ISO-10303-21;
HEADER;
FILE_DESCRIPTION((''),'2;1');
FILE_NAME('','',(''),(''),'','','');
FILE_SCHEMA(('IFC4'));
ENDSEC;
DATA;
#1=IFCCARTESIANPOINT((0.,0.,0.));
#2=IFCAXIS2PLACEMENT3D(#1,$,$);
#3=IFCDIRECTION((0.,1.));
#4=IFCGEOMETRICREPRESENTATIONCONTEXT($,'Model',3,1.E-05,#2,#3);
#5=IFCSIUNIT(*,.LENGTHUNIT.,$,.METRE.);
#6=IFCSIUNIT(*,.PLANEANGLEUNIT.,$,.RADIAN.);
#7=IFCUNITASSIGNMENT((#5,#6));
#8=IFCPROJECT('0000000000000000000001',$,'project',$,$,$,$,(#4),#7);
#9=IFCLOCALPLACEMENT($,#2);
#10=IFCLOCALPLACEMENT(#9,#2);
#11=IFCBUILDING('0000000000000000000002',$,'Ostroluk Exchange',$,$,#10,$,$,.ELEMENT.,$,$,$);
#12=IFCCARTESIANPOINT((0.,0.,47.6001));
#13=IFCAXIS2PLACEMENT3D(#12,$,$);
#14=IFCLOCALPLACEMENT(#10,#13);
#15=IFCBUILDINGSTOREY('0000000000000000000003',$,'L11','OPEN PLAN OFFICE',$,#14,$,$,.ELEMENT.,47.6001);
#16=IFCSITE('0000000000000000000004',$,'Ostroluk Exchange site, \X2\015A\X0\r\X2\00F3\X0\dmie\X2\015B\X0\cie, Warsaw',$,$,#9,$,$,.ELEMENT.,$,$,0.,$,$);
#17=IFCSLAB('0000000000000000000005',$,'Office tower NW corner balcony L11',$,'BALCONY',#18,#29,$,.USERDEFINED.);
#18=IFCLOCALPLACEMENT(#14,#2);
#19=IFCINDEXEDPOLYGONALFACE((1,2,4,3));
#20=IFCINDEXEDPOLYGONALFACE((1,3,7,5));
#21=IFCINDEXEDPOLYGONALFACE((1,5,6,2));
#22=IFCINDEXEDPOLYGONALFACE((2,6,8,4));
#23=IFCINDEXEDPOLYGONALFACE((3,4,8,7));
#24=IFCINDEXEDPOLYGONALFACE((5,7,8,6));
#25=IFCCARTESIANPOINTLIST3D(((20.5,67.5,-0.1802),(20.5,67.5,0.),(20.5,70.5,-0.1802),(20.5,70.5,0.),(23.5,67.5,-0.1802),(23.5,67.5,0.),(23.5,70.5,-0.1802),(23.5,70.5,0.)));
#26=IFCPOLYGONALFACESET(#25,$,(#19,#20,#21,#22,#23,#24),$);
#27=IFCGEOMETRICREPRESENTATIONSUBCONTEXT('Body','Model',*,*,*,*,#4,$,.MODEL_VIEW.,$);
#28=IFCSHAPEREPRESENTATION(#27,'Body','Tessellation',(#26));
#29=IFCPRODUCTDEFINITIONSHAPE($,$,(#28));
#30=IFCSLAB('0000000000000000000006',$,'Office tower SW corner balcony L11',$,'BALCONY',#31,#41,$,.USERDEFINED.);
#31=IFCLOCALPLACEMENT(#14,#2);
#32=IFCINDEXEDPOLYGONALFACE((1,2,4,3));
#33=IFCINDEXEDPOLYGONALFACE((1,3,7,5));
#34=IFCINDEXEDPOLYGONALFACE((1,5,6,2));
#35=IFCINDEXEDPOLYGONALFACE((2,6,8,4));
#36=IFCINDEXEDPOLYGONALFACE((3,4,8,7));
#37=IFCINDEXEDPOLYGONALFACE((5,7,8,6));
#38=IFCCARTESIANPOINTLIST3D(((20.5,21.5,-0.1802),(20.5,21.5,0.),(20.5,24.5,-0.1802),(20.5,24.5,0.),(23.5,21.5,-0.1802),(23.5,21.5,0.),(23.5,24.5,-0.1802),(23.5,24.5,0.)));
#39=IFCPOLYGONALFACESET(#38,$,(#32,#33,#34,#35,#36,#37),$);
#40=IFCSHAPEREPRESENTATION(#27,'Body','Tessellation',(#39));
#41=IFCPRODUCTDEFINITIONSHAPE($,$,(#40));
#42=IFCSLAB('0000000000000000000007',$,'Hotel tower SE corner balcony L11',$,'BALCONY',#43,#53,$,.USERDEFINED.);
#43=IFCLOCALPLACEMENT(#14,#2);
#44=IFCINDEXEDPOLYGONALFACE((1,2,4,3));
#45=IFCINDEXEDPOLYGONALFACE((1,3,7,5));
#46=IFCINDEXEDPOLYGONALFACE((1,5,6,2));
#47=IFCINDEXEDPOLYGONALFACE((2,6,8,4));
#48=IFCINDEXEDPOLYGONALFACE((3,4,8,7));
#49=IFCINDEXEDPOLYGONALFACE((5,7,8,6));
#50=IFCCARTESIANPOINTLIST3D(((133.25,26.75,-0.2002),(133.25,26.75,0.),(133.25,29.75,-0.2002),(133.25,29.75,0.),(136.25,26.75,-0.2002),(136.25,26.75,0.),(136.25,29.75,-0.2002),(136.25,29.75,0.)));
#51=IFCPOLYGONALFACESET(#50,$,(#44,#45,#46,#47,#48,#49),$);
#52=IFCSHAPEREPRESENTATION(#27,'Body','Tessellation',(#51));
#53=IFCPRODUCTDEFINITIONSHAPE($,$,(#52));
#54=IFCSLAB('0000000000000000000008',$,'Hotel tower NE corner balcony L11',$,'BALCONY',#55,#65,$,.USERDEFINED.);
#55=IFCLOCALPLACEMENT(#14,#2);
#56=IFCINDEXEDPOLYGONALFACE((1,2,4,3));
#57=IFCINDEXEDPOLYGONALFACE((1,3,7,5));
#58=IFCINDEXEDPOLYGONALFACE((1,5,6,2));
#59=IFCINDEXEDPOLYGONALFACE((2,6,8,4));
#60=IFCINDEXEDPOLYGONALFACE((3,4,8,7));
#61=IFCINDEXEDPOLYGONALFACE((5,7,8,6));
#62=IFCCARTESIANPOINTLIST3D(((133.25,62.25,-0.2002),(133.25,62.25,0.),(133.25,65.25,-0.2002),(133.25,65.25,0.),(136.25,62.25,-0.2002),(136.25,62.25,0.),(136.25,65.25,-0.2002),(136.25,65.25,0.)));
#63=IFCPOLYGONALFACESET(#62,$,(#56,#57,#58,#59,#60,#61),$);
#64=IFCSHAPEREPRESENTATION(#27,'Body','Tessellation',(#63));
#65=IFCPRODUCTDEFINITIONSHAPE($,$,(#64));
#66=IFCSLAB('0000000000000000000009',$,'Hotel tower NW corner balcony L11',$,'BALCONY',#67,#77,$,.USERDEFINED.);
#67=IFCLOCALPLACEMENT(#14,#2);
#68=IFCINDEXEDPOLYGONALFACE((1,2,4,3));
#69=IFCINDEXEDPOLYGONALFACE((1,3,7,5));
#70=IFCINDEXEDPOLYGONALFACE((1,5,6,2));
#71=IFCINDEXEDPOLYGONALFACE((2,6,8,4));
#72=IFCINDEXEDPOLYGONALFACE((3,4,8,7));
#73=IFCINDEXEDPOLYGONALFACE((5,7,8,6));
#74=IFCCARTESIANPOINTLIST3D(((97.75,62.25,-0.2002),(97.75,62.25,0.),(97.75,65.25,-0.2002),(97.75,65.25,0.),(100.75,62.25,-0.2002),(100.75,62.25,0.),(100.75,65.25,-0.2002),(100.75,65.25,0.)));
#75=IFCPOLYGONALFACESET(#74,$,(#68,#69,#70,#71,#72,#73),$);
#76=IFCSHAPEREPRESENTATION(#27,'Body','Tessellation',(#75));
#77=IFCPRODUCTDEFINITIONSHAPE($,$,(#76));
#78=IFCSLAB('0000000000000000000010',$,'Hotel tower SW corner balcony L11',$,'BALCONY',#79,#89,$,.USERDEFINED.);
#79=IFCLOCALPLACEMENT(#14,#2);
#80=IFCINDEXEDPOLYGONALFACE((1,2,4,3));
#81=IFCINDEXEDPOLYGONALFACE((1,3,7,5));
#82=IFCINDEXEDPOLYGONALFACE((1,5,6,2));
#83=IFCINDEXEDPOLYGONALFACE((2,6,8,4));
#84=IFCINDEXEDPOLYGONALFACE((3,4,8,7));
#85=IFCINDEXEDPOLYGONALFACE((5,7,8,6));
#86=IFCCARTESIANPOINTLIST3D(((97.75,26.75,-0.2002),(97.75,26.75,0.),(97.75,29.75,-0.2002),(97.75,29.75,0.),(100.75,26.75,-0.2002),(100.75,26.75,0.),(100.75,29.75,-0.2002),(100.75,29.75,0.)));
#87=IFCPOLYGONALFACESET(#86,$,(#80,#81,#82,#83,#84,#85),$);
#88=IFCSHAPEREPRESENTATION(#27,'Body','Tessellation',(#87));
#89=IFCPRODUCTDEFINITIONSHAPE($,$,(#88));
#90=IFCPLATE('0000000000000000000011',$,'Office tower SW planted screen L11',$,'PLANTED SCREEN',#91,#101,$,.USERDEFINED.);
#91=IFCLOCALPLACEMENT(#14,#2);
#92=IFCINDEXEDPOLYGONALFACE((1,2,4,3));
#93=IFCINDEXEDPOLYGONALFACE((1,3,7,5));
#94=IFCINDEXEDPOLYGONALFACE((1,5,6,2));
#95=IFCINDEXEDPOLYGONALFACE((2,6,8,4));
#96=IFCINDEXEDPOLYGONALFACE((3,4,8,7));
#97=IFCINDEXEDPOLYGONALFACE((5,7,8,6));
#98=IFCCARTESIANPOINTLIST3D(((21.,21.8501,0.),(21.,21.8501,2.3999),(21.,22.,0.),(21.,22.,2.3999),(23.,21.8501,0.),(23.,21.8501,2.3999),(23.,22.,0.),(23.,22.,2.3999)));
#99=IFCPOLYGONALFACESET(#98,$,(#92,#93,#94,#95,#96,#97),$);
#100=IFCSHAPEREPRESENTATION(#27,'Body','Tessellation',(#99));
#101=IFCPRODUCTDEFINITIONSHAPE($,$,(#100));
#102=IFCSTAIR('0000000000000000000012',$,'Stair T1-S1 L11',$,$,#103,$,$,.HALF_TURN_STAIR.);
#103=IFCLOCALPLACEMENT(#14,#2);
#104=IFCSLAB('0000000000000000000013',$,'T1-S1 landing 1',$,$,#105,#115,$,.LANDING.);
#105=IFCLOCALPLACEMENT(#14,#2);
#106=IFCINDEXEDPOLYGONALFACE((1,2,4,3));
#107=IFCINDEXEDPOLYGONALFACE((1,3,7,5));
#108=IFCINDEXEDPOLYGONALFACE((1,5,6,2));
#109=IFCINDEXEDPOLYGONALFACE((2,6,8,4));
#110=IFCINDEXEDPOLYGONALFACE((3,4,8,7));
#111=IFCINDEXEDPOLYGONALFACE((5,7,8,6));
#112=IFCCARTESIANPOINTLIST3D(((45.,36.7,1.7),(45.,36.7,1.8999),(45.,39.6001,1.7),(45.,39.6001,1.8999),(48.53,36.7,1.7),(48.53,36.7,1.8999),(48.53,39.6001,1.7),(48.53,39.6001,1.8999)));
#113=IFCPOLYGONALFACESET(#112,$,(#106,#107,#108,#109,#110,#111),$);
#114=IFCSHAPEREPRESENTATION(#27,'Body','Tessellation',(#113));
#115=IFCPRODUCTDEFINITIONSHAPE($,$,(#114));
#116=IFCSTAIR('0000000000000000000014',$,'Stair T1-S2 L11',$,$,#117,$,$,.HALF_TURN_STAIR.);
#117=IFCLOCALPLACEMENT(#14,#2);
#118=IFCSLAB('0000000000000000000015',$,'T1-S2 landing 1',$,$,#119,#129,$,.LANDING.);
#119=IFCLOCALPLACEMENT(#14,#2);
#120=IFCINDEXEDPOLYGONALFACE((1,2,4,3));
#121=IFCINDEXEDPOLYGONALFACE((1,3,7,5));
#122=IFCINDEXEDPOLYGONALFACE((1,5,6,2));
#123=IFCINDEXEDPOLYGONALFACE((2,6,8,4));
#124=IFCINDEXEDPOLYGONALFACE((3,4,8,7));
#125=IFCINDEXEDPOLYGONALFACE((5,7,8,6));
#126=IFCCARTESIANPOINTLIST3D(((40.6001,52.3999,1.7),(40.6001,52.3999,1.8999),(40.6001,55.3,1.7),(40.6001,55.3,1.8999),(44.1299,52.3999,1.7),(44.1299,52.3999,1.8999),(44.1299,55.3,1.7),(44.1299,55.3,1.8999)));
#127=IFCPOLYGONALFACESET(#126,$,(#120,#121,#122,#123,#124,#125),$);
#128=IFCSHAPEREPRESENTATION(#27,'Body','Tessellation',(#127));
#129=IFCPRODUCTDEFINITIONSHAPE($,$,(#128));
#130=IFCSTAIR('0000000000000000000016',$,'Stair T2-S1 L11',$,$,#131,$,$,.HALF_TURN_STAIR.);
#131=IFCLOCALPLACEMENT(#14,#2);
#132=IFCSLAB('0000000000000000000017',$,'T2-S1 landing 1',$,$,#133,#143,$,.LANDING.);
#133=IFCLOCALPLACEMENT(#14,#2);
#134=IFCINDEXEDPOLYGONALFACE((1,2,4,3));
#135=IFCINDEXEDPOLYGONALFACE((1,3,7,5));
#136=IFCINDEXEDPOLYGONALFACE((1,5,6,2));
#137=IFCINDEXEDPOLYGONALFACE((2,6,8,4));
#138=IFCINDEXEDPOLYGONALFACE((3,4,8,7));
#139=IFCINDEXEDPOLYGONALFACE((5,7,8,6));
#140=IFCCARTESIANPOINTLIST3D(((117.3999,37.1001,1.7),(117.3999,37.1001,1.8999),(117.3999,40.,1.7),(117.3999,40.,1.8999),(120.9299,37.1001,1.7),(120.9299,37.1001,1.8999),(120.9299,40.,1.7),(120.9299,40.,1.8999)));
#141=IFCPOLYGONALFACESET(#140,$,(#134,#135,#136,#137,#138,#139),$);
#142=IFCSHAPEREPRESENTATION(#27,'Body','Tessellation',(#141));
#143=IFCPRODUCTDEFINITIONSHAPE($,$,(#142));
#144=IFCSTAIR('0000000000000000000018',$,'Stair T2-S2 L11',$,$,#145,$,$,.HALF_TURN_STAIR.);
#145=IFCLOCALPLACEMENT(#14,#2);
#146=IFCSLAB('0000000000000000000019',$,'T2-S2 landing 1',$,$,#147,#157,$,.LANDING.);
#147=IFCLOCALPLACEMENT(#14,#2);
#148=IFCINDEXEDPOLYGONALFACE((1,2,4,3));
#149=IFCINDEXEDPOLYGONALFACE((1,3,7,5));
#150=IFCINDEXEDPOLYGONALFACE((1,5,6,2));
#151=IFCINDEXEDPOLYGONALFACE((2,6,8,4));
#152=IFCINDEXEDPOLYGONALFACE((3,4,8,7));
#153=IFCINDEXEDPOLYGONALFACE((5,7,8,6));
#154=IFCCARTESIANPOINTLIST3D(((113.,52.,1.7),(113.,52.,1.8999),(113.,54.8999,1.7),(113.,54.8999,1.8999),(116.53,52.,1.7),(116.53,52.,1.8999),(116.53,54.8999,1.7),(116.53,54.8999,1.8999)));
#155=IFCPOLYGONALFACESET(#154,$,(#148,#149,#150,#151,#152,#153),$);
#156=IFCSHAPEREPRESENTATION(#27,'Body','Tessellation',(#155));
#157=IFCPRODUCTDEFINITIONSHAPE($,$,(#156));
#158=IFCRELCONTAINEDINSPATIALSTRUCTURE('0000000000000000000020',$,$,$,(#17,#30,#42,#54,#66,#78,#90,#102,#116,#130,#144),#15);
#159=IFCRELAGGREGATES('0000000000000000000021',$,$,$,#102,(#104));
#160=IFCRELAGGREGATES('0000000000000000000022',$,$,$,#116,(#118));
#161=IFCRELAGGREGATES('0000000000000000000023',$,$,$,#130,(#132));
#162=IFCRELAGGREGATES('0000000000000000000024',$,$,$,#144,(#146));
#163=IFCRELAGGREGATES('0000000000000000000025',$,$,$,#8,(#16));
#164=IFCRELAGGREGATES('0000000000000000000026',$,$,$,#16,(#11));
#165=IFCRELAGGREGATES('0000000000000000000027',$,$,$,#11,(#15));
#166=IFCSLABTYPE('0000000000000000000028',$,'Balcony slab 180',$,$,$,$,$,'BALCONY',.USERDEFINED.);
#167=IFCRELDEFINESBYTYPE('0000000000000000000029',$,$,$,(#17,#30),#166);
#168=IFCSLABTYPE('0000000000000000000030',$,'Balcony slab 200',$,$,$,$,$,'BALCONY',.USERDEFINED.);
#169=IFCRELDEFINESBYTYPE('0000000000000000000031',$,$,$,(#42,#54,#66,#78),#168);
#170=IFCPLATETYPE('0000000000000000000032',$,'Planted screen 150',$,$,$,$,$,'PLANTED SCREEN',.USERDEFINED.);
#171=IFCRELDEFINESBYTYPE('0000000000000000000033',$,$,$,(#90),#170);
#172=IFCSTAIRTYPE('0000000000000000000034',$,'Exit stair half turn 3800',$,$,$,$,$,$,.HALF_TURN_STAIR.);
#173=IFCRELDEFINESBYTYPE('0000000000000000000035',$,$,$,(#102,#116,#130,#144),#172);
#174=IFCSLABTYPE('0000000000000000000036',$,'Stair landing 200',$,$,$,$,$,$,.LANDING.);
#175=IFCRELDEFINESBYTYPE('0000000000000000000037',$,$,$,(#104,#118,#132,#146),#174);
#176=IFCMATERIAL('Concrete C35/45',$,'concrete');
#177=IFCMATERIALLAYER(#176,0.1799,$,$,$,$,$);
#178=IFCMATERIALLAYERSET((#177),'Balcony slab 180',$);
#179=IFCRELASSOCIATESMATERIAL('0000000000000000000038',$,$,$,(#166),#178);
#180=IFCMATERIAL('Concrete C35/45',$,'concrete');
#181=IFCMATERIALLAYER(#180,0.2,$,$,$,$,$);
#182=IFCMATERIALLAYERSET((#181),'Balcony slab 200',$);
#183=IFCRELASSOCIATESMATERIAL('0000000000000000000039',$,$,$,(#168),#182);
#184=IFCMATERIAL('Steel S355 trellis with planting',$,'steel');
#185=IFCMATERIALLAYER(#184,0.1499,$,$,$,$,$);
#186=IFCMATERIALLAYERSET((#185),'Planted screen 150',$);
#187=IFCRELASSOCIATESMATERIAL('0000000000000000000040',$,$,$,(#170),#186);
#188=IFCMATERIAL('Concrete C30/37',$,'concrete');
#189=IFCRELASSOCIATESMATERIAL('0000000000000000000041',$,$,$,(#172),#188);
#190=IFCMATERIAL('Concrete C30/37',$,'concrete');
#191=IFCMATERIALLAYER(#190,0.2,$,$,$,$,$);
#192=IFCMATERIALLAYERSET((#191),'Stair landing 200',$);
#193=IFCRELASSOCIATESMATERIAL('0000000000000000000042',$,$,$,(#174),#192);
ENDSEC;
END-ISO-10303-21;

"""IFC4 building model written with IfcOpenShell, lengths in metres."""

from ifc_helpers import new_model, si_unit, direction, frame, origin, origin_2d, place, context, subcontext, project, spatial, polyline, rectangle, outline, extrude, material, layer, layer_set, type_object, element, aggregate, save


model = new_model("IFC4")

# Units and contexts
model_context = context("Model", 3, precision=1e-05, world=origin(), true_north=direction((0.0, 1.0)))
body_context = subcontext(model_context, "Body", "Model", "MODEL_VIEW")
ifc_project = project(units=[si_unit("LENGTHUNIT", "METRE"), si_unit("PLANEANGLEUNIT", "RADIAN")], contexts=[model_context])

# Site, building, storey
site_placement = place(None, origin())
site = spatial("IfcSite", under=ifc_project, at=site_placement, Name="Ostroluk Exchange site, Śródmieście, Warsaw", CompositionType="ELEMENT", RefElevation=0.0)
building_placement = place(site_placement, origin())
building = spatial("IfcBuilding", under=site, at=building_placement, Name="Ostroluk Exchange", CompositionType="ELEMENT")
storey_placement = place(building_placement, frame((0.0, 0.0, 47.6001)))
storey = spatial("IfcBuildingStorey", under=building, at=storey_placement, Name="L11", Description="OPEN PLAN OFFICE", CompositionType="ELEMENT", Elevation=47.6001)

# Slabs
ifc_material_1 = material(Name="Concrete C35/45", Category="concrete")
ifc_layer_1 = layer(ifc_material_1, 0.1799)
ifc_layer_set_1 = layer_set([ifc_layer_1], Name="Balcony slab 180")
slab_type_1 = type_object("IfcSlabType", Name="Balcony slab 180", ElementType="BALCONY", PredefinedType="USERDEFINED", material=ifc_layer_set_1)
slab_1_placement = place(storey_placement, frame((0.0, 0.0, -0.1802)))
element("IfcSlab", 1, at=slab_1_placement, inside=storey, type_object=slab_type_1, Name="Office tower NW corner balcony L11", ObjectType="BALCONY", PredefinedType="USERDEFINED", context=body_context, shape_type="SweptSolid", body=[
    extrude(outline(polyline([(20.5, 67.5), (23.5, 67.5), (23.5, 70.5), (20.5, 70.5), (20.5, 67.5)])), origin(), (0.0, 0.0, 1.0), 0.1802),
])
slab_2_placement = place(storey_placement, frame((0.0, 0.0, -0.1802)))
element("IfcSlab", 2, at=slab_2_placement, inside=storey, type_object=slab_type_1, Name="Office tower SW corner balcony L11", ObjectType="BALCONY", PredefinedType="USERDEFINED", context=body_context, shape_type="SweptSolid", body=[
    extrude(outline(polyline([(20.5, 21.5), (23.5, 21.5), (23.5, 24.5), (20.5, 24.5), (20.5, 21.5)])), origin(), (0.0, 0.0, 1.0), 0.1802),
])
ifc_material_2 = material(Name="Concrete C35/45", Category="concrete")
ifc_layer_2 = layer(ifc_material_2, 0.2)
ifc_layer_set_2 = layer_set([ifc_layer_2], Name="Balcony slab 200")
slab_type_2 = type_object("IfcSlabType", Name="Balcony slab 200", ElementType="BALCONY", PredefinedType="USERDEFINED", material=ifc_layer_set_2)
slab_3_placement = place(storey_placement, frame((0.0, 0.0, -0.2002)))
element("IfcSlab", 3, at=slab_3_placement, inside=storey, type_object=slab_type_2, Name="Hotel tower SE corner balcony L11", ObjectType="BALCONY", PredefinedType="USERDEFINED", context=body_context, shape_type="SweptSolid", body=[
    extrude(outline(polyline([(133.25, 26.75), (136.25, 26.75), (136.25, 29.75), (133.25, 29.75), (133.25, 26.75)])), origin(), (0.0, 0.0, 1.0), 0.2002),
])
slab_4_placement = place(storey_placement, frame((0.0, 0.0, -0.2002)))
element("IfcSlab", 4, at=slab_4_placement, inside=storey, type_object=slab_type_2, Name="Hotel tower NE corner balcony L11", ObjectType="BALCONY", PredefinedType="USERDEFINED", context=body_context, shape_type="SweptSolid", body=[
    extrude(outline(polyline([(133.25, 62.25), (136.25, 62.25), (136.25, 65.25), (133.25, 65.25), (133.25, 62.25)])), origin(), (0.0, 0.0, 1.0), 0.2002),
])
slab_5_placement = place(storey_placement, frame((0.0, 0.0, -0.2002)))
element("IfcSlab", 5, at=slab_5_placement, inside=storey, type_object=slab_type_2, Name="Hotel tower NW corner balcony L11", ObjectType="BALCONY", PredefinedType="USERDEFINED", context=body_context, shape_type="SweptSolid", body=[
    extrude(outline(polyline([(97.75, 62.25), (100.75, 62.25), (100.75, 65.25), (97.75, 65.25), (97.75, 62.25)])), origin(), (0.0, 0.0, 1.0), 0.2002),
])
slab_6_placement = place(storey_placement, frame((0.0, 0.0, -0.2002)))
element("IfcSlab", 6, at=slab_6_placement, inside=storey, type_object=slab_type_2, Name="Hotel tower SW corner balcony L11", ObjectType="BALCONY", PredefinedType="USERDEFINED", context=body_context, shape_type="SweptSolid", body=[
    extrude(outline(polyline([(97.75, 26.75), (100.75, 26.75), (100.75, 29.75), (97.75, 29.75), (97.75, 26.75)])), origin(), (0.0, 0.0, 1.0), 0.2002),
])

# Plate
ifc_material_3 = material(Name="Steel S355 trellis with planting", Category="steel")
ifc_layer_3 = layer(ifc_material_3, 0.1499)
ifc_layer_set_3 = layer_set([ifc_layer_3], Name="Planted screen 150")
plate_type = type_object("IfcPlateType", Name="Planted screen 150", ElementType="PLANTED SCREEN", PredefinedType="USERDEFINED", material=ifc_layer_set_3)
plate_placement = place(storey_placement, frame((22.0, 21.925, 0.0), z_axis=(0.0, 0.0, 1.0), x_axis=(1.0, 0.0, 0.0)))
element("IfcPlate", 7, at=plate_placement, inside=storey, type_object=plate_type, Name="Office tower SW planted screen L11", ObjectType="PLANTED SCREEN", PredefinedType="USERDEFINED", context=body_context, shape_type="SweptSolid", body=[
    extrude(rectangle(XDim=2.0, YDim=0.1499, at=origin_2d()), origin(), (0.0, 0.0, 1.0), 2.3999),
])

# Stairs, slabs
ifc_material_4 = material(Name="Concrete C30/37", Category="concrete")
stair_type = type_object("IfcStairType", Name="Exit stair half turn 3800", PredefinedType="HALF_TURN_STAIR", material=ifc_material_4)
stair_1_placement = place(storey_placement, origin())
stair_1 = element("IfcStair", 8, at=stair_1_placement, inside=storey, type_object=stair_type, Name="Stair T1-S1 L11", PredefinedType="HALF_TURN_STAIR")
ifc_material_5 = material(Name="Concrete C30/37", Category="concrete")
ifc_layer_4 = layer(ifc_material_5, 0.2)
ifc_layer_set_4 = layer_set([ifc_layer_4], Name="Stair landing 200")
slab_type_3 = type_object("IfcSlabType", Name="Stair landing 200", PredefinedType="LANDING", material=ifc_layer_set_4)
slab_7_placement = place(storey_placement, frame((0.0, 0.0, 1.7)))
slab_7 = element("IfcSlab", 9, at=slab_7_placement, type_object=slab_type_3, Name="T1-S1 landing 1", PredefinedType="LANDING", context=body_context, shape_type="SweptSolid", body=[
    extrude(outline(polyline([(45.0, 36.7), (45.0, 39.6001), (48.53, 39.6001), (48.53, 36.7), (45.0, 36.7)])), origin(), (0.0, 0.0, 1.0), 0.2),
])
aggregate(stair_1, [slab_7])
stair_2_placement = place(storey_placement, origin())
stair_2 = element("IfcStair", 10, at=stair_2_placement, inside=storey, type_object=stair_type, Name="Stair T1-S2 L11", PredefinedType="HALF_TURN_STAIR")
slab_8_placement = place(storey_placement, frame((0.0, 0.0, 1.7)))
slab_8 = element("IfcSlab", 11, at=slab_8_placement, type_object=slab_type_3, Name="T1-S2 landing 1", PredefinedType="LANDING", context=body_context, shape_type="SweptSolid", body=[
    extrude(outline(polyline([(44.1299, 52.3999), (44.1299, 55.3), (40.6001, 55.3), (40.6001, 52.3999), (44.1299, 52.3999)])), origin(), (0.0, 0.0, 1.0), 0.2),
])
aggregate(stair_2, [slab_8])
stair_3_placement = place(storey_placement, origin())
stair_3 = element("IfcStair", 12, at=stair_3_placement, inside=storey, type_object=stair_type, Name="Stair T2-S1 L11", PredefinedType="HALF_TURN_STAIR")
slab_9_placement = place(storey_placement, frame((0.0, 0.0, 1.7)))
slab_9 = element("IfcSlab", 13, at=slab_9_placement, type_object=slab_type_3, Name="T2-S1 landing 1", PredefinedType="LANDING", context=body_context, shape_type="SweptSolid", body=[
    extrude(outline(polyline([(117.3999, 37.1001), (117.3999, 40.0), (120.9299, 40.0), (120.9299, 37.1001), (117.3999, 37.1001)])), origin(), (0.0, 0.0, 1.0), 0.2),
])
aggregate(stair_3, [slab_9])
stair_4_placement = place(storey_placement, origin())
stair_4 = element("IfcStair", 14, at=stair_4_placement, inside=storey, type_object=stair_type, Name="Stair T2-S2 L11", PredefinedType="HALF_TURN_STAIR")
slab_10_placement = place(storey_placement, frame((0.0, 0.0, 1.7)))
slab_10 = element("IfcSlab", 15, at=slab_10_placement, type_object=slab_type_3, Name="T2-S2 landing 1", PredefinedType="LANDING", context=body_context, shape_type="SweptSolid", body=[
    extrude(outline(polyline([(116.53, 52.0), (116.53, 54.8999), (113.0, 54.8999), (113.0, 52.0), (116.53, 52.0)])), origin(), (0.0, 0.0, 1.0), 0.2),
])
aggregate(stair_4, [slab_10])

save(model, "model.ifc")
